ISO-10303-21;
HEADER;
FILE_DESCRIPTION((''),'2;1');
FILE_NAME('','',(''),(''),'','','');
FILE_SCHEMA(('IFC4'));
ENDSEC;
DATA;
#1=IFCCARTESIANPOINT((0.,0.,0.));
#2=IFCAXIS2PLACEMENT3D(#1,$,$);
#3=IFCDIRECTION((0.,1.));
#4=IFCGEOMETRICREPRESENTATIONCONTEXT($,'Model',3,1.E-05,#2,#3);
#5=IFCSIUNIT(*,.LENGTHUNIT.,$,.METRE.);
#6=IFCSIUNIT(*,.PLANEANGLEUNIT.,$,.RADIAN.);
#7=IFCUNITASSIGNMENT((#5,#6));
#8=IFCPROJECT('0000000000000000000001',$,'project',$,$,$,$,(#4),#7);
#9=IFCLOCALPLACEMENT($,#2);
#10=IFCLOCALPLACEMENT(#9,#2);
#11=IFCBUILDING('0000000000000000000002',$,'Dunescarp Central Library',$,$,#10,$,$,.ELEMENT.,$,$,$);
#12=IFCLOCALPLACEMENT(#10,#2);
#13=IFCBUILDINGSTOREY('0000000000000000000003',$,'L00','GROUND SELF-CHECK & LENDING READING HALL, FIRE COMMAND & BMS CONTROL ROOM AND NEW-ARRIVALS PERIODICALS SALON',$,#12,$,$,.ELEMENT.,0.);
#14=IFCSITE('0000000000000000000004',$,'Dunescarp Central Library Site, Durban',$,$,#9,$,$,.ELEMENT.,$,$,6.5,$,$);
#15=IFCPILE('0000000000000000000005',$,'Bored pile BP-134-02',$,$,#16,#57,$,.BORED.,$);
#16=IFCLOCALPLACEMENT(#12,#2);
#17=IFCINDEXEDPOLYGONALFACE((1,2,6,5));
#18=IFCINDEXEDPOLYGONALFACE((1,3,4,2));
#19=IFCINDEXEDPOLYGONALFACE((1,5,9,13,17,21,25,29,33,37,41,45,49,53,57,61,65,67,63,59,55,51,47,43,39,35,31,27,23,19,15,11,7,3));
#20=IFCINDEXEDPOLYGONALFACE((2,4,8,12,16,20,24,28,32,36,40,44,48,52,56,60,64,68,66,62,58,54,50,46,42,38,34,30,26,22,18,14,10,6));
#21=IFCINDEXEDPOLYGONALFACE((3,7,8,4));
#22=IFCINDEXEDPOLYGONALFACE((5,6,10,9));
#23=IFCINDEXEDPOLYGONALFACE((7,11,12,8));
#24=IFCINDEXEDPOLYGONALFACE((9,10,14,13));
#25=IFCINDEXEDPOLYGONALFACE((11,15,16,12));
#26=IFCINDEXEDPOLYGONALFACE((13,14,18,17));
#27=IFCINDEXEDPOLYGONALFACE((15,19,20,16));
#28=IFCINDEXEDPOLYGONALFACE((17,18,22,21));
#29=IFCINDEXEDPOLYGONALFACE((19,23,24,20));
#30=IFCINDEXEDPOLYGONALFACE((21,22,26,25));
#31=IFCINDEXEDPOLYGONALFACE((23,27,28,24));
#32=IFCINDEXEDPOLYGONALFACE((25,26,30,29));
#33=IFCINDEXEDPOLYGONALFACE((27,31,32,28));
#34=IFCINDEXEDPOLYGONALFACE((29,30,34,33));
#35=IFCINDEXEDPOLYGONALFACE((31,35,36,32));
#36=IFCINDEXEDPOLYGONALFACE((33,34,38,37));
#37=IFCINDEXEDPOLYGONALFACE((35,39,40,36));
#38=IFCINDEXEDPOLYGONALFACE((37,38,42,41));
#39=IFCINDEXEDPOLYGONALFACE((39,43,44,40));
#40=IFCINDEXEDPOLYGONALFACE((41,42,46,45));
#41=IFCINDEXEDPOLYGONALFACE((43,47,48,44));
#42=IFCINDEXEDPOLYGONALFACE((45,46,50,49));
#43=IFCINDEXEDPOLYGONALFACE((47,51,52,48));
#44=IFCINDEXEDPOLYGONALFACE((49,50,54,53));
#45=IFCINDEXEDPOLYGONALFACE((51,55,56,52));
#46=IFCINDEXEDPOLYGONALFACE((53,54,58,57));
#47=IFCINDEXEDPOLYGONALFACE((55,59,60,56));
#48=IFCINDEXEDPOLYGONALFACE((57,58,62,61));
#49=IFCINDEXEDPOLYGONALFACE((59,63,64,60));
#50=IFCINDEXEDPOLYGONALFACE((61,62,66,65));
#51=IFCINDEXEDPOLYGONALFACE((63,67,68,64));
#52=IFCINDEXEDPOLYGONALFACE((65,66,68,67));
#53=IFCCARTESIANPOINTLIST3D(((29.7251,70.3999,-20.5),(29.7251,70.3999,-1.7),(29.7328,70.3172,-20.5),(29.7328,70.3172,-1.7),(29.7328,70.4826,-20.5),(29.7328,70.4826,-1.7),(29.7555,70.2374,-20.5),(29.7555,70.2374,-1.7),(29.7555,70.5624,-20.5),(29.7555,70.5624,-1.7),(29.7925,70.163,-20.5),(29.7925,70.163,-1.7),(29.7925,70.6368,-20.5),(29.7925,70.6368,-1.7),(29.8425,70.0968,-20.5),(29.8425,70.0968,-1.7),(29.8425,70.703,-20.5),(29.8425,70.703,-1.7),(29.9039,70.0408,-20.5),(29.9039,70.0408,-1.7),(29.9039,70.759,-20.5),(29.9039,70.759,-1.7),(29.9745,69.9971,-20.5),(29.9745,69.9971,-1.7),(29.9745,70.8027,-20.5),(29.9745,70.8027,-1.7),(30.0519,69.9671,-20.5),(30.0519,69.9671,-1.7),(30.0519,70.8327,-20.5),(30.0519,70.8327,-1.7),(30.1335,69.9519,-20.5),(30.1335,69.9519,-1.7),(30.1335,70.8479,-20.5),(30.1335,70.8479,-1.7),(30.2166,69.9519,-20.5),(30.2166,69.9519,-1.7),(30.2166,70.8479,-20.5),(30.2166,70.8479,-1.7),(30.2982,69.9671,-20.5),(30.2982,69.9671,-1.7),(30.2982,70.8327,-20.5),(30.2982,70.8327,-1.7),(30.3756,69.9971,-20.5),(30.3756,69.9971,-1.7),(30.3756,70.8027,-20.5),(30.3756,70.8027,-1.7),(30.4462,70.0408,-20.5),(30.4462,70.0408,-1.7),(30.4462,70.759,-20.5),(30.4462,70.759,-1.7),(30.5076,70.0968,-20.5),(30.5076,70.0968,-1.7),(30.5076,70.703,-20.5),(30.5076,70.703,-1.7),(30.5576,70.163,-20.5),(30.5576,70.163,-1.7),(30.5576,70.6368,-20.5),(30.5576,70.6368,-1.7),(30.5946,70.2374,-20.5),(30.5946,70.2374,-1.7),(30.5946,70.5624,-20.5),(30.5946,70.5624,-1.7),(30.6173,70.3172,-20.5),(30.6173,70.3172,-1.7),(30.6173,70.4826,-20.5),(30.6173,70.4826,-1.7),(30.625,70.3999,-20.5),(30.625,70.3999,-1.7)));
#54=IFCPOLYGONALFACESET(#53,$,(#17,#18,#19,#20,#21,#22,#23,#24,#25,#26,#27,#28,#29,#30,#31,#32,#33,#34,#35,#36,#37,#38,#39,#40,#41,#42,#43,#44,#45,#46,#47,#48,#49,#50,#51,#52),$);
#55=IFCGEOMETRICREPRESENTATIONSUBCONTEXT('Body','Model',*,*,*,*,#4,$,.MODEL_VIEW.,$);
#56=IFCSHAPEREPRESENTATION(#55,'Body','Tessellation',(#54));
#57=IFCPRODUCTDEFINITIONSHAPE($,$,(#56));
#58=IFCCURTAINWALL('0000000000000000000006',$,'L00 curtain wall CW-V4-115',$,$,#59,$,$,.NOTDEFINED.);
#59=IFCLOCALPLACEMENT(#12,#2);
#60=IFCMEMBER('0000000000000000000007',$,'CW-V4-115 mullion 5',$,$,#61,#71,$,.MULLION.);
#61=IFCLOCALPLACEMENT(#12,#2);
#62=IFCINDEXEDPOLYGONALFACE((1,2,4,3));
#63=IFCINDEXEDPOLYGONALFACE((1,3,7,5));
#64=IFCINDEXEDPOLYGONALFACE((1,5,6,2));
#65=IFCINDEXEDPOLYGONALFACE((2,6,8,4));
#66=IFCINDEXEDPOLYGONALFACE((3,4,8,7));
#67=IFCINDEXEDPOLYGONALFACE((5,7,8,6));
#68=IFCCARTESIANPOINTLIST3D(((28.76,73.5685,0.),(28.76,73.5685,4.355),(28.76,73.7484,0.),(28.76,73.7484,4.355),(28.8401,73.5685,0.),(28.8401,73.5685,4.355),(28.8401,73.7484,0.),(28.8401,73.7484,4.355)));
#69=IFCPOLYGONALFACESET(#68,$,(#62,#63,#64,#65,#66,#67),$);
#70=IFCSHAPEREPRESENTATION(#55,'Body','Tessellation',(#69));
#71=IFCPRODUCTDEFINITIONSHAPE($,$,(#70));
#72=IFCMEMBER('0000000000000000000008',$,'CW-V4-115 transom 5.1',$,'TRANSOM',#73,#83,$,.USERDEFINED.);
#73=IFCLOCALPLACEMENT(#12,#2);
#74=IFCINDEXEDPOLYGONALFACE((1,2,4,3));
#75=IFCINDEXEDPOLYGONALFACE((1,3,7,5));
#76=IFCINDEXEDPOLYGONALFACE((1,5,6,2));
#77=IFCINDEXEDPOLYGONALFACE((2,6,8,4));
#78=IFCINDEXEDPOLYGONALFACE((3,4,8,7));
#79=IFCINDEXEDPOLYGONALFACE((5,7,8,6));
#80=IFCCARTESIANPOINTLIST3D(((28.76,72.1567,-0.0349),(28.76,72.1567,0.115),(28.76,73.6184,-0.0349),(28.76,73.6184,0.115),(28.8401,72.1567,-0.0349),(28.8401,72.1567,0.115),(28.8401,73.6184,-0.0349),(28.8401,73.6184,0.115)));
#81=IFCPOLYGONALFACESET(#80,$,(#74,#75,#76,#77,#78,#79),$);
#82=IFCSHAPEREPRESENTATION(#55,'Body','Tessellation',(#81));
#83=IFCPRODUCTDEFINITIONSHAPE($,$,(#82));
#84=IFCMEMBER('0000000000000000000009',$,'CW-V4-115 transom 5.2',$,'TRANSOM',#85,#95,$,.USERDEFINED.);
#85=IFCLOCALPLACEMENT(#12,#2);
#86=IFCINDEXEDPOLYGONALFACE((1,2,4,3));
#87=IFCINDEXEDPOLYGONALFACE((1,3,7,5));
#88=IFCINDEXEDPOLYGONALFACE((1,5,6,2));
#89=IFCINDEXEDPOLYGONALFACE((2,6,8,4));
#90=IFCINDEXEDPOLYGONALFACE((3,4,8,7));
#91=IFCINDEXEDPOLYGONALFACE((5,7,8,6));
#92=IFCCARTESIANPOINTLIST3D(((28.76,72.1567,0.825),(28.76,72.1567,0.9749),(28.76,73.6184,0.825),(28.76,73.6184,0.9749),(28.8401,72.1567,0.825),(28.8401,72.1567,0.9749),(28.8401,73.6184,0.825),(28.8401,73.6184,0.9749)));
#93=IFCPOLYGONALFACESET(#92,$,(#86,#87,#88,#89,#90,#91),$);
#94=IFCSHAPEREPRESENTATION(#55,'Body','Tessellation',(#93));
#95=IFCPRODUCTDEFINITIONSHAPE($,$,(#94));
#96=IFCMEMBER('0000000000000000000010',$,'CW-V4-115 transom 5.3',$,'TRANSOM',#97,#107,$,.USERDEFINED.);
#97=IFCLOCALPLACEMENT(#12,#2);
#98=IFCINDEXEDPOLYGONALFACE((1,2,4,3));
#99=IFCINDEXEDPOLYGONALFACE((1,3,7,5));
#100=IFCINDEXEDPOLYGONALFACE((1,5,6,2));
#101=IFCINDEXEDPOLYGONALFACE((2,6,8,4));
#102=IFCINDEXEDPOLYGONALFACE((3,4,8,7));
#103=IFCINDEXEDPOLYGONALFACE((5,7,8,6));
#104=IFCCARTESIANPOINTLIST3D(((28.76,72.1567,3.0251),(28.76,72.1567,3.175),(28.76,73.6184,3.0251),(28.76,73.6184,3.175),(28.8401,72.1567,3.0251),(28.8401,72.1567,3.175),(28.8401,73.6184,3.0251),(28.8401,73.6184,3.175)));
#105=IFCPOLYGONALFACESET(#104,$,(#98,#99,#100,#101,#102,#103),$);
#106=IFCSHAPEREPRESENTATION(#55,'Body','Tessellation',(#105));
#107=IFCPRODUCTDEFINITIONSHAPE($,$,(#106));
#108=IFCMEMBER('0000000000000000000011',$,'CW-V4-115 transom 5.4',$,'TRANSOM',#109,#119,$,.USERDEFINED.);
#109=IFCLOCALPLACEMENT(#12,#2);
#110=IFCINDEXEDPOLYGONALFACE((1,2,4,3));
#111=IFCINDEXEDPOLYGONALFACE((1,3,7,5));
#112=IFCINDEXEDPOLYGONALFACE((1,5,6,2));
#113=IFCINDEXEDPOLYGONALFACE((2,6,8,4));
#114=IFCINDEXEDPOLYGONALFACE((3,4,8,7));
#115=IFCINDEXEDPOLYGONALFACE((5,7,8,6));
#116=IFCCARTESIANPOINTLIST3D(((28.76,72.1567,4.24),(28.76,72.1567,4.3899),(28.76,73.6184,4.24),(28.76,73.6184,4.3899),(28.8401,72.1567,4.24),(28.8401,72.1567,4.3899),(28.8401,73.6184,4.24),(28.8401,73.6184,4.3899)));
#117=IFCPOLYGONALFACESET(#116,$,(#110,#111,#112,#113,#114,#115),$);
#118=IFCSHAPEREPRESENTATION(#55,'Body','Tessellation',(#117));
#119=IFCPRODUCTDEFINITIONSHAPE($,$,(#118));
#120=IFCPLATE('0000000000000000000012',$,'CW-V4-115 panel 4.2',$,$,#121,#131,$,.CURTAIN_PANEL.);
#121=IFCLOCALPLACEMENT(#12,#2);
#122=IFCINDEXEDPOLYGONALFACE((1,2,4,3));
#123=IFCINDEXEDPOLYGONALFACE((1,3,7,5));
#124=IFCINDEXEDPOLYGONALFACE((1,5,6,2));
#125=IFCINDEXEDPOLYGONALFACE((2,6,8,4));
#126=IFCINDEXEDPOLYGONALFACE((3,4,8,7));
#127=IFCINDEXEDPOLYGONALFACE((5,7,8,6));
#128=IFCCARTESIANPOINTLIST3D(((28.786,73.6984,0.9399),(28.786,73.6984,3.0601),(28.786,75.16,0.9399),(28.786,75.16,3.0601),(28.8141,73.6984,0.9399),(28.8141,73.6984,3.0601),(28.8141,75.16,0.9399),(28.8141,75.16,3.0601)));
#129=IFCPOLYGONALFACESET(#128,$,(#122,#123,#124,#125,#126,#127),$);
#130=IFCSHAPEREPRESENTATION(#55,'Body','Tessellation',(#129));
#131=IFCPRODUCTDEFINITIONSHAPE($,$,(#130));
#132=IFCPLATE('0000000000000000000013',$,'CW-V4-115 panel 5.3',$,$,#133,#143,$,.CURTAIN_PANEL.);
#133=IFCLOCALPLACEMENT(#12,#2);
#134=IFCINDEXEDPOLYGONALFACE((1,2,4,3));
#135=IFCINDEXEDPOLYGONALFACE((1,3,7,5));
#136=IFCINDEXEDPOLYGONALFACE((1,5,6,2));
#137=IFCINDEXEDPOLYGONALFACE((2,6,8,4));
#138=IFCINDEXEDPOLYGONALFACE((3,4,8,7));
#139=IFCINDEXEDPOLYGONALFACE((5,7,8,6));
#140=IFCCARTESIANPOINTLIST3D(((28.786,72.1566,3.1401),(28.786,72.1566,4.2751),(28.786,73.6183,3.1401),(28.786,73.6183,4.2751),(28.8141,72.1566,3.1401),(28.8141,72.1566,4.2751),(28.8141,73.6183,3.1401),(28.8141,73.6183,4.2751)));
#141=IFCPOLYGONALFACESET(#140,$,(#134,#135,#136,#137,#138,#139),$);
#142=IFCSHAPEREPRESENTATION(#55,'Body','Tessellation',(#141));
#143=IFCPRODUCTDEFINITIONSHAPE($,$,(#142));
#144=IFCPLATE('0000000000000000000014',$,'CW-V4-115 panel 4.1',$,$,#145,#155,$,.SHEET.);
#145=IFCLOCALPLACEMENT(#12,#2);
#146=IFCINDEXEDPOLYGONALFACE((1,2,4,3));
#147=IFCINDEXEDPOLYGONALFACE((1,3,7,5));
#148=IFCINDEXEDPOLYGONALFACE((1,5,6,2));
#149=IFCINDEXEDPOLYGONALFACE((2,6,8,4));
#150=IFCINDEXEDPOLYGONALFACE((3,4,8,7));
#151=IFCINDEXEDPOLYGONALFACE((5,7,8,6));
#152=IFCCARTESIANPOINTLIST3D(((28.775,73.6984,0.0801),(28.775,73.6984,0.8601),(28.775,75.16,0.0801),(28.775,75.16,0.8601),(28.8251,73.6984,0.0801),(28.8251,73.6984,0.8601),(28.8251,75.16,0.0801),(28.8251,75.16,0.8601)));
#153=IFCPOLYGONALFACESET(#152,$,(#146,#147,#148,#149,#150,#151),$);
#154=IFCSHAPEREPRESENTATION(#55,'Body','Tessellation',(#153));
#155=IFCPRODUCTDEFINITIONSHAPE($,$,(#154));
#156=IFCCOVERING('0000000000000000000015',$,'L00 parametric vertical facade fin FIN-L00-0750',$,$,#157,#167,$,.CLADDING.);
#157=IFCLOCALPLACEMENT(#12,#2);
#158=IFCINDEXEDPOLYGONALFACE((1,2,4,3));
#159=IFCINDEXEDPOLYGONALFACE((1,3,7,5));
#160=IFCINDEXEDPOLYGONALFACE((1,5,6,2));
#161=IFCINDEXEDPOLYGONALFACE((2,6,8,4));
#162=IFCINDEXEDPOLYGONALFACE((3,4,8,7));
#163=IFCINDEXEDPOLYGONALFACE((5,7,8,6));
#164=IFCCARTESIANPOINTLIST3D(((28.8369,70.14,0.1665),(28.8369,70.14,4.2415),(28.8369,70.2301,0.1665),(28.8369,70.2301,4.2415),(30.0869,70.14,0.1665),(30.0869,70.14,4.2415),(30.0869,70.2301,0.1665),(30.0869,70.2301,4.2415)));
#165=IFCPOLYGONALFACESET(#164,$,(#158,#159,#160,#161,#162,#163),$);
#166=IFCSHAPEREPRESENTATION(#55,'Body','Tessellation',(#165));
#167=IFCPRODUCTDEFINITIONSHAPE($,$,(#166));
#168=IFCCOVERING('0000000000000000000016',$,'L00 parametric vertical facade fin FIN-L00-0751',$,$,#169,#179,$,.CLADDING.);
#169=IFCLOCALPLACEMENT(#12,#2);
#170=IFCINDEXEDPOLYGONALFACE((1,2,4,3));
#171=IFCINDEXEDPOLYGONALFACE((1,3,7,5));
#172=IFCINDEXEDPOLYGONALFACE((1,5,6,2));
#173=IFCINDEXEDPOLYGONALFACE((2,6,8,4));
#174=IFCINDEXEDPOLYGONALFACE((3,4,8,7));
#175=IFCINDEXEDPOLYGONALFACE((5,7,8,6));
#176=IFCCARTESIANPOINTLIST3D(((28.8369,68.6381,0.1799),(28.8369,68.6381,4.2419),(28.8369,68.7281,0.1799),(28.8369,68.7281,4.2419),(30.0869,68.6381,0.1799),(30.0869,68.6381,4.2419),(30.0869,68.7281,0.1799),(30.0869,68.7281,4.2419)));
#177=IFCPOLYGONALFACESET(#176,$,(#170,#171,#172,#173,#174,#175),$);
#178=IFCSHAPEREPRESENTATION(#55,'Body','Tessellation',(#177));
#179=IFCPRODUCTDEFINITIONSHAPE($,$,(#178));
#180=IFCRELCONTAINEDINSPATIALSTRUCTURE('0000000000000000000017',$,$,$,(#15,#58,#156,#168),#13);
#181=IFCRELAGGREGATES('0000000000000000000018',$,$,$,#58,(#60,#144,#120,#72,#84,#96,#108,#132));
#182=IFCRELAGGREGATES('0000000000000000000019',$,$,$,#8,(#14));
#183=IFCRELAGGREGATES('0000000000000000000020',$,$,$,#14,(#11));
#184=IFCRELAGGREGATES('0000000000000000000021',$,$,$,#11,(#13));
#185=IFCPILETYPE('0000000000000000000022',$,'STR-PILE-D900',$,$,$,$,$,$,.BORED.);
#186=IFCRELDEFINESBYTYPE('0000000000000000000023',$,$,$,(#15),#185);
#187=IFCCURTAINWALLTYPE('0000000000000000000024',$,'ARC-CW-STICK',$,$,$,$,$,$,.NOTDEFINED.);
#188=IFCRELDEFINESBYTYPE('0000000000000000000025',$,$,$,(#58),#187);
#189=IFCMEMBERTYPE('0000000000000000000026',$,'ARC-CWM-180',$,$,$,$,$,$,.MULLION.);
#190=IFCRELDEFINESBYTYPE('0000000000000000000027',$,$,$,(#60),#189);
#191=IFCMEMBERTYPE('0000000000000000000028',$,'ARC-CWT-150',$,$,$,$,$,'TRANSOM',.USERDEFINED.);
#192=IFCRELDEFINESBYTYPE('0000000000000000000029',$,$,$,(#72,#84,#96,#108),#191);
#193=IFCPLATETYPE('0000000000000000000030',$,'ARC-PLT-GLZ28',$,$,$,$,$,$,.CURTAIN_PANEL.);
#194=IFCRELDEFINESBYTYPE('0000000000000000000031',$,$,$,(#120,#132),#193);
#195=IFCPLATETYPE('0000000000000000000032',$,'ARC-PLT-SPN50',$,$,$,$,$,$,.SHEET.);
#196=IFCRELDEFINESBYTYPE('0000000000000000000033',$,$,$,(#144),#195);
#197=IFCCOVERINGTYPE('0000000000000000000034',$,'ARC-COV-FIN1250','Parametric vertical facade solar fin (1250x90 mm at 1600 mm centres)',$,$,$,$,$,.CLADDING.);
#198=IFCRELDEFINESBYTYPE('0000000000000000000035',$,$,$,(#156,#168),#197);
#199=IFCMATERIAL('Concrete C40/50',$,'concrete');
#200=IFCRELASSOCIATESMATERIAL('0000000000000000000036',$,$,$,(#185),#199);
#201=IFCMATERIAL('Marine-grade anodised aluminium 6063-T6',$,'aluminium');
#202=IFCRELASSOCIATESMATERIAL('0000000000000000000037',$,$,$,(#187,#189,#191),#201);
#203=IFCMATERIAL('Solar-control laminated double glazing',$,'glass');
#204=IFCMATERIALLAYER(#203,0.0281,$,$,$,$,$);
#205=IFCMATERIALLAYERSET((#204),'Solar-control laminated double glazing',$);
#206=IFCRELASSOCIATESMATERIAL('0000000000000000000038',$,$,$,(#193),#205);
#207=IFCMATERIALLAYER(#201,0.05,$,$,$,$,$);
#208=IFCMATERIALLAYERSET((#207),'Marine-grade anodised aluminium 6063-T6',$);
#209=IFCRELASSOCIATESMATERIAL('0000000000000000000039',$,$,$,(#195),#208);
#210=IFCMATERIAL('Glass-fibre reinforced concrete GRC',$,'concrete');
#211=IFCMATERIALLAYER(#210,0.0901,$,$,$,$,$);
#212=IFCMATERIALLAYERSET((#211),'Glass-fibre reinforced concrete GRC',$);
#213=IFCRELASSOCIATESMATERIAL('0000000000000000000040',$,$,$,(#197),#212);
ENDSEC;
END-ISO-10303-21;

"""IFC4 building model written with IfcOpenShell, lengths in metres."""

from ifc_helpers import new_model, si_unit, direction, frame, origin, origin_2d, place, context, subcontext, project, spatial, rectangle, circle, extrude, material, layer, layer_set, material_profile, profile_set, type_object, element, aggregate, save


model = new_model("IFC4")

# Units and contexts
model_context = context("Model", 3, precision=1e-05, world=origin(), true_north=direction((0.0, 1.0)))
body_context = subcontext(model_context, "Body", "Model", "MODEL_VIEW")
ifc_project = project(units=[si_unit("LENGTHUNIT", "METRE"), si_unit("PLANEANGLEUNIT", "RADIAN")], contexts=[model_context])

# Site, building, storey
site_placement = place(None, origin())
site = spatial("IfcSite", under=ifc_project, at=site_placement, Name="Dunescarp Central Library Site, Durban", CompositionType="ELEMENT", RefElevation=6.5)
building_placement = place(site_placement, origin())
building = spatial("IfcBuilding", under=site, at=building_placement, Name="Dunescarp Central Library", CompositionType="ELEMENT")
storey_placement = place(building_placement, origin())
storey = spatial("IfcBuildingStorey", under=building, at=storey_placement, Name="L00", Description="GROUND SELF-CHECK & LENDING READING HALL, FIRE COMMAND & BMS CONTROL ROOM AND NEW-ARRIVALS PERIODICALS SALON", CompositionType="ELEMENT", Elevation=0.0)

# Pile
ifc_material_1 = material(Name="Concrete C40/50", Category="concrete")
ifc_material_profile_1 = material_profile(ifc_material_1, circle(Radius=0.45, at=origin_2d()), Name="PILE D900")
ifc_profile_set_1 = profile_set([ifc_material_profile_1], Name="Concrete C40/50")
pile_type = type_object("IfcPileType", Name="STR-PILE-D900", PredefinedType="BORED", material=ifc_profile_set_1)
pile_placement = place(storey_placement, frame((30.175, 70.3999, -1.7), z_axis=(0.0, 0.0, -1.0), x_axis=(1.0, 0.0, 0.0)))
element("IfcPile", 1, at=pile_placement, inside=storey, type_object=pile_type, Name="Bored pile BP-134-02", PredefinedType="BORED", context=body_context, shape_type="SweptSolid", body=[
    extrude(circle(Radius=0.45, at=origin_2d()), origin(), (0.0, 0.0, 1.0), 18.8),
])

# Curtain wall, members, plates
ifc_material_2 = material(Name="Marine-grade anodised aluminium 6063-T6", Category="aluminium")
curtain_wall_type = type_object("IfcCurtainWallType", Name="ARC-CW-STICK", PredefinedType="NOTDEFINED", material=ifc_material_2)
curtain_wall_placement = place(storey_placement, origin())
curtain_wall = element("IfcCurtainWall", 2, at=curtain_wall_placement, inside=storey, type_object=curtain_wall_type, Name="L00 curtain wall CW-V4-115", PredefinedType="NOTDEFINED")
ifc_material_profile_2 = material_profile(ifc_material_2, rectangle(XDim=0.0801, YDim=0.1799, at=origin_2d()), Name="AL 80x180")
ifc_profile_set_2 = profile_set([ifc_material_profile_2], Name="Marine-grade anodised aluminium 6063-T6")
member_type_1 = type_object("IfcMemberType", Name="ARC-CWM-180", PredefinedType="MULLION", material=ifc_profile_set_2)
member_1_placement = place(storey_placement, frame((28.8, 73.6584, 0.0), z_axis=(0.0, 0.0, 1.0), x_axis=(1.0, 0.0, 0.0)))
member_1 = element("IfcMember", 3, at=member_1_placement, type_object=member_type_1, Name="CW-V4-115 mullion 5", PredefinedType="MULLION", context=body_context, shape_type="SweptSolid", body=[
    extrude(rectangle(XDim=0.0801, YDim=0.1799, at=origin_2d()), origin(), (0.0, 0.0, 1.0), 4.355),
])
ifc_material_profile_3 = material_profile(ifc_material_2, rectangle(XDim=0.0801, YDim=0.1499, at=origin_2d()), Name="AL 80x150")
ifc_profile_set_3 = profile_set([ifc_material_profile_3], Name="Marine-grade anodised aluminium 6063-T6")
member_type_2 = type_object("IfcMemberType", Name="ARC-CWT-150", ElementType="TRANSOM", PredefinedType="USERDEFINED", material=ifc_profile_set_3)
member_2_placement = place(storey_placement, frame((28.8, 73.6184, 0.04), z_axis=(0.0, -1.0, 0.0), x_axis=(1.0, 0.0, 0.0)))
member_2 = element("IfcMember", 4, at=member_2_placement, type_object=member_type_2, Name="CW-V4-115 transom 5.1", ObjectType="TRANSOM", PredefinedType="USERDEFINED", context=body_context, shape_type="SweptSolid", body=[
    extrude(rectangle(XDim=0.0801, YDim=0.1499, at=origin_2d()), origin(), (0.0, 0.0, 1.0), 1.4617),
])
member_3_placement = place(storey_placement, frame((28.8, 73.6184, 0.8999), z_axis=(0.0, -1.0, 0.0), x_axis=(1.0, 0.0, 0.0)))
member_3 = element("IfcMember", 5, at=member_3_placement, type_object=member_type_2, Name="CW-V4-115 transom 5.2", ObjectType="TRANSOM", PredefinedType="USERDEFINED", context=body_context, shape_type="SweptSolid", body=[
    extrude(rectangle(XDim=0.0801, YDim=0.1499, at=origin_2d()), origin(), (0.0, 0.0, 1.0), 1.4617),
])
member_4_placement = place(storey_placement, frame((28.8, 73.6184, 3.1001), z_axis=(0.0, -1.0, 0.0), x_axis=(1.0, 0.0, 0.0)))
member_4 = element("IfcMember", 6, at=member_4_placement, type_object=member_type_2, Name="CW-V4-115 transom 5.3", ObjectType="TRANSOM", PredefinedType="USERDEFINED", context=body_context, shape_type="SweptSolid", body=[
    extrude(rectangle(XDim=0.0801, YDim=0.1499, at=origin_2d()), origin(), (0.0, 0.0, 1.0), 1.4617),
])
member_5_placement = place(storey_placement, frame((28.8, 73.6184, 4.3149), z_axis=(0.0, -1.0, 0.0), x_axis=(1.0, 0.0, 0.0)))
member_5 = element("IfcMember", 7, at=member_5_placement, type_object=member_type_2, Name="CW-V4-115 transom 5.4", ObjectType="TRANSOM", PredefinedType="USERDEFINED", context=body_context, shape_type="SweptSolid", body=[
    extrude(rectangle(XDim=0.0801, YDim=0.1499, at=origin_2d()), origin(), (0.0, 0.0, 1.0), 1.4617),
])
ifc_material_3 = material(Name="Solar-control laminated double glazing", Category="glass")
ifc_layer_1 = layer(ifc_material_3, 0.0281)
ifc_layer_set_1 = layer_set([ifc_layer_1], Name="Solar-control laminated double glazing")
plate_type_1 = type_object("IfcPlateType", Name="ARC-PLT-GLZ28", PredefinedType="CURTAIN_PANEL", material=ifc_layer_set_1)
plate_1_placement = place(storey_placement, frame((28.8, 74.4292, 0.9399), z_axis=(0.0, 0.0, 1.0), x_axis=(0.0, -1.0, 0.0)))
plate_1 = element("IfcPlate", 8, at=plate_1_placement, type_object=plate_type_1, Name="CW-V4-115 panel 4.2", PredefinedType="CURTAIN_PANEL", context=body_context, shape_type="SweptSolid", body=[
    extrude(rectangle(XDim=1.4617, YDim=0.0281, at=origin_2d()), origin(), (0.0, 0.0, 1.0), 2.1201),
])
plate_2_placement = place(storey_placement, frame((28.8, 72.8875, 3.1401), z_axis=(0.0, 0.0, 1.0), x_axis=(0.0, -1.0, 0.0)))
plate_2 = element("IfcPlate", 9, at=plate_2_placement, type_object=plate_type_1, Name="CW-V4-115 panel 5.3", PredefinedType="CURTAIN_PANEL", context=body_context, shape_type="SweptSolid", body=[
    extrude(rectangle(XDim=1.4617, YDim=0.0281, at=origin_2d()), origin(), (0.0, 0.0, 1.0), 1.135),
])
ifc_layer_2 = layer(ifc_material_2, 0.05)
ifc_layer_set_2 = layer_set([ifc_layer_2], Name="Marine-grade anodised aluminium 6063-T6")
plate_type_2 = type_object("IfcPlateType", Name="ARC-PLT-SPN50", PredefinedType="SHEET", material=ifc_layer_set_2)
plate_3_placement = place(storey_placement, frame((28.8, 74.4292, 0.0801), z_axis=(0.0, 0.0, 1.0), x_axis=(0.0, -1.0, 0.0)))
plate_3 = element("IfcPlate", 10, at=plate_3_placement, type_object=plate_type_2, Name="CW-V4-115 panel 4.1", PredefinedType="SHEET", context=body_context, shape_type="SweptSolid", body=[
    extrude(rectangle(XDim=1.4617, YDim=0.05, at=origin_2d()), origin(), (0.0, 0.0, 1.0), 0.78),
])
aggregate(curtain_wall, [member_1, plate_3, plate_1, member_2, member_3, member_4, member_5, plate_2])

# Coverings
ifc_material_4 = material(Name="Glass-fibre reinforced concrete GRC", Category="concrete")
ifc_layer_3 = layer(ifc_material_4, 0.0901)
ifc_layer_set_3 = layer_set([ifc_layer_3], Name="Glass-fibre reinforced concrete GRC")
covering_type = type_object("IfcCoveringType", Name="ARC-COV-FIN1250", Description="Parametric vertical facade solar fin (1250x90 mm at 1600 mm centres)", PredefinedType="CLADDING", material=ifc_layer_set_3)
covering_1_placement = place(storey_placement, frame((29.4619, 70.1851, 0.1665), z_axis=(0.0, 0.0, 1.0), x_axis=(1.0, 0.0, 0.0)))
element("IfcCovering", 11, at=covering_1_placement, inside=storey, type_object=covering_type, Name="L00 parametric vertical facade fin FIN-L00-0750", PredefinedType="CLADDING", context=body_context, shape_type="SweptSolid", body=[
    extrude(rectangle(XDim=1.25, YDim=0.0901, at=origin_2d()), origin(), (0.0, 0.0, 1.0), 4.075),
])
covering_2_placement = place(storey_placement, frame((29.4619, 68.6831, 0.1799), z_axis=(0.0, 0.0, 1.0), x_axis=(1.0, 0.0, 0.0)))
element("IfcCovering", 12, at=covering_2_placement, inside=storey, type_object=covering_type, Name="L00 parametric vertical facade fin FIN-L00-0751", PredefinedType="CLADDING", context=body_context, shape_type="SweptSolid", body=[
    extrude(rectangle(XDim=1.25, YDim=0.0901, at=origin_2d()), origin(), (0.0, 0.0, 1.0), 4.062),
])

save(model, "model.ifc")
